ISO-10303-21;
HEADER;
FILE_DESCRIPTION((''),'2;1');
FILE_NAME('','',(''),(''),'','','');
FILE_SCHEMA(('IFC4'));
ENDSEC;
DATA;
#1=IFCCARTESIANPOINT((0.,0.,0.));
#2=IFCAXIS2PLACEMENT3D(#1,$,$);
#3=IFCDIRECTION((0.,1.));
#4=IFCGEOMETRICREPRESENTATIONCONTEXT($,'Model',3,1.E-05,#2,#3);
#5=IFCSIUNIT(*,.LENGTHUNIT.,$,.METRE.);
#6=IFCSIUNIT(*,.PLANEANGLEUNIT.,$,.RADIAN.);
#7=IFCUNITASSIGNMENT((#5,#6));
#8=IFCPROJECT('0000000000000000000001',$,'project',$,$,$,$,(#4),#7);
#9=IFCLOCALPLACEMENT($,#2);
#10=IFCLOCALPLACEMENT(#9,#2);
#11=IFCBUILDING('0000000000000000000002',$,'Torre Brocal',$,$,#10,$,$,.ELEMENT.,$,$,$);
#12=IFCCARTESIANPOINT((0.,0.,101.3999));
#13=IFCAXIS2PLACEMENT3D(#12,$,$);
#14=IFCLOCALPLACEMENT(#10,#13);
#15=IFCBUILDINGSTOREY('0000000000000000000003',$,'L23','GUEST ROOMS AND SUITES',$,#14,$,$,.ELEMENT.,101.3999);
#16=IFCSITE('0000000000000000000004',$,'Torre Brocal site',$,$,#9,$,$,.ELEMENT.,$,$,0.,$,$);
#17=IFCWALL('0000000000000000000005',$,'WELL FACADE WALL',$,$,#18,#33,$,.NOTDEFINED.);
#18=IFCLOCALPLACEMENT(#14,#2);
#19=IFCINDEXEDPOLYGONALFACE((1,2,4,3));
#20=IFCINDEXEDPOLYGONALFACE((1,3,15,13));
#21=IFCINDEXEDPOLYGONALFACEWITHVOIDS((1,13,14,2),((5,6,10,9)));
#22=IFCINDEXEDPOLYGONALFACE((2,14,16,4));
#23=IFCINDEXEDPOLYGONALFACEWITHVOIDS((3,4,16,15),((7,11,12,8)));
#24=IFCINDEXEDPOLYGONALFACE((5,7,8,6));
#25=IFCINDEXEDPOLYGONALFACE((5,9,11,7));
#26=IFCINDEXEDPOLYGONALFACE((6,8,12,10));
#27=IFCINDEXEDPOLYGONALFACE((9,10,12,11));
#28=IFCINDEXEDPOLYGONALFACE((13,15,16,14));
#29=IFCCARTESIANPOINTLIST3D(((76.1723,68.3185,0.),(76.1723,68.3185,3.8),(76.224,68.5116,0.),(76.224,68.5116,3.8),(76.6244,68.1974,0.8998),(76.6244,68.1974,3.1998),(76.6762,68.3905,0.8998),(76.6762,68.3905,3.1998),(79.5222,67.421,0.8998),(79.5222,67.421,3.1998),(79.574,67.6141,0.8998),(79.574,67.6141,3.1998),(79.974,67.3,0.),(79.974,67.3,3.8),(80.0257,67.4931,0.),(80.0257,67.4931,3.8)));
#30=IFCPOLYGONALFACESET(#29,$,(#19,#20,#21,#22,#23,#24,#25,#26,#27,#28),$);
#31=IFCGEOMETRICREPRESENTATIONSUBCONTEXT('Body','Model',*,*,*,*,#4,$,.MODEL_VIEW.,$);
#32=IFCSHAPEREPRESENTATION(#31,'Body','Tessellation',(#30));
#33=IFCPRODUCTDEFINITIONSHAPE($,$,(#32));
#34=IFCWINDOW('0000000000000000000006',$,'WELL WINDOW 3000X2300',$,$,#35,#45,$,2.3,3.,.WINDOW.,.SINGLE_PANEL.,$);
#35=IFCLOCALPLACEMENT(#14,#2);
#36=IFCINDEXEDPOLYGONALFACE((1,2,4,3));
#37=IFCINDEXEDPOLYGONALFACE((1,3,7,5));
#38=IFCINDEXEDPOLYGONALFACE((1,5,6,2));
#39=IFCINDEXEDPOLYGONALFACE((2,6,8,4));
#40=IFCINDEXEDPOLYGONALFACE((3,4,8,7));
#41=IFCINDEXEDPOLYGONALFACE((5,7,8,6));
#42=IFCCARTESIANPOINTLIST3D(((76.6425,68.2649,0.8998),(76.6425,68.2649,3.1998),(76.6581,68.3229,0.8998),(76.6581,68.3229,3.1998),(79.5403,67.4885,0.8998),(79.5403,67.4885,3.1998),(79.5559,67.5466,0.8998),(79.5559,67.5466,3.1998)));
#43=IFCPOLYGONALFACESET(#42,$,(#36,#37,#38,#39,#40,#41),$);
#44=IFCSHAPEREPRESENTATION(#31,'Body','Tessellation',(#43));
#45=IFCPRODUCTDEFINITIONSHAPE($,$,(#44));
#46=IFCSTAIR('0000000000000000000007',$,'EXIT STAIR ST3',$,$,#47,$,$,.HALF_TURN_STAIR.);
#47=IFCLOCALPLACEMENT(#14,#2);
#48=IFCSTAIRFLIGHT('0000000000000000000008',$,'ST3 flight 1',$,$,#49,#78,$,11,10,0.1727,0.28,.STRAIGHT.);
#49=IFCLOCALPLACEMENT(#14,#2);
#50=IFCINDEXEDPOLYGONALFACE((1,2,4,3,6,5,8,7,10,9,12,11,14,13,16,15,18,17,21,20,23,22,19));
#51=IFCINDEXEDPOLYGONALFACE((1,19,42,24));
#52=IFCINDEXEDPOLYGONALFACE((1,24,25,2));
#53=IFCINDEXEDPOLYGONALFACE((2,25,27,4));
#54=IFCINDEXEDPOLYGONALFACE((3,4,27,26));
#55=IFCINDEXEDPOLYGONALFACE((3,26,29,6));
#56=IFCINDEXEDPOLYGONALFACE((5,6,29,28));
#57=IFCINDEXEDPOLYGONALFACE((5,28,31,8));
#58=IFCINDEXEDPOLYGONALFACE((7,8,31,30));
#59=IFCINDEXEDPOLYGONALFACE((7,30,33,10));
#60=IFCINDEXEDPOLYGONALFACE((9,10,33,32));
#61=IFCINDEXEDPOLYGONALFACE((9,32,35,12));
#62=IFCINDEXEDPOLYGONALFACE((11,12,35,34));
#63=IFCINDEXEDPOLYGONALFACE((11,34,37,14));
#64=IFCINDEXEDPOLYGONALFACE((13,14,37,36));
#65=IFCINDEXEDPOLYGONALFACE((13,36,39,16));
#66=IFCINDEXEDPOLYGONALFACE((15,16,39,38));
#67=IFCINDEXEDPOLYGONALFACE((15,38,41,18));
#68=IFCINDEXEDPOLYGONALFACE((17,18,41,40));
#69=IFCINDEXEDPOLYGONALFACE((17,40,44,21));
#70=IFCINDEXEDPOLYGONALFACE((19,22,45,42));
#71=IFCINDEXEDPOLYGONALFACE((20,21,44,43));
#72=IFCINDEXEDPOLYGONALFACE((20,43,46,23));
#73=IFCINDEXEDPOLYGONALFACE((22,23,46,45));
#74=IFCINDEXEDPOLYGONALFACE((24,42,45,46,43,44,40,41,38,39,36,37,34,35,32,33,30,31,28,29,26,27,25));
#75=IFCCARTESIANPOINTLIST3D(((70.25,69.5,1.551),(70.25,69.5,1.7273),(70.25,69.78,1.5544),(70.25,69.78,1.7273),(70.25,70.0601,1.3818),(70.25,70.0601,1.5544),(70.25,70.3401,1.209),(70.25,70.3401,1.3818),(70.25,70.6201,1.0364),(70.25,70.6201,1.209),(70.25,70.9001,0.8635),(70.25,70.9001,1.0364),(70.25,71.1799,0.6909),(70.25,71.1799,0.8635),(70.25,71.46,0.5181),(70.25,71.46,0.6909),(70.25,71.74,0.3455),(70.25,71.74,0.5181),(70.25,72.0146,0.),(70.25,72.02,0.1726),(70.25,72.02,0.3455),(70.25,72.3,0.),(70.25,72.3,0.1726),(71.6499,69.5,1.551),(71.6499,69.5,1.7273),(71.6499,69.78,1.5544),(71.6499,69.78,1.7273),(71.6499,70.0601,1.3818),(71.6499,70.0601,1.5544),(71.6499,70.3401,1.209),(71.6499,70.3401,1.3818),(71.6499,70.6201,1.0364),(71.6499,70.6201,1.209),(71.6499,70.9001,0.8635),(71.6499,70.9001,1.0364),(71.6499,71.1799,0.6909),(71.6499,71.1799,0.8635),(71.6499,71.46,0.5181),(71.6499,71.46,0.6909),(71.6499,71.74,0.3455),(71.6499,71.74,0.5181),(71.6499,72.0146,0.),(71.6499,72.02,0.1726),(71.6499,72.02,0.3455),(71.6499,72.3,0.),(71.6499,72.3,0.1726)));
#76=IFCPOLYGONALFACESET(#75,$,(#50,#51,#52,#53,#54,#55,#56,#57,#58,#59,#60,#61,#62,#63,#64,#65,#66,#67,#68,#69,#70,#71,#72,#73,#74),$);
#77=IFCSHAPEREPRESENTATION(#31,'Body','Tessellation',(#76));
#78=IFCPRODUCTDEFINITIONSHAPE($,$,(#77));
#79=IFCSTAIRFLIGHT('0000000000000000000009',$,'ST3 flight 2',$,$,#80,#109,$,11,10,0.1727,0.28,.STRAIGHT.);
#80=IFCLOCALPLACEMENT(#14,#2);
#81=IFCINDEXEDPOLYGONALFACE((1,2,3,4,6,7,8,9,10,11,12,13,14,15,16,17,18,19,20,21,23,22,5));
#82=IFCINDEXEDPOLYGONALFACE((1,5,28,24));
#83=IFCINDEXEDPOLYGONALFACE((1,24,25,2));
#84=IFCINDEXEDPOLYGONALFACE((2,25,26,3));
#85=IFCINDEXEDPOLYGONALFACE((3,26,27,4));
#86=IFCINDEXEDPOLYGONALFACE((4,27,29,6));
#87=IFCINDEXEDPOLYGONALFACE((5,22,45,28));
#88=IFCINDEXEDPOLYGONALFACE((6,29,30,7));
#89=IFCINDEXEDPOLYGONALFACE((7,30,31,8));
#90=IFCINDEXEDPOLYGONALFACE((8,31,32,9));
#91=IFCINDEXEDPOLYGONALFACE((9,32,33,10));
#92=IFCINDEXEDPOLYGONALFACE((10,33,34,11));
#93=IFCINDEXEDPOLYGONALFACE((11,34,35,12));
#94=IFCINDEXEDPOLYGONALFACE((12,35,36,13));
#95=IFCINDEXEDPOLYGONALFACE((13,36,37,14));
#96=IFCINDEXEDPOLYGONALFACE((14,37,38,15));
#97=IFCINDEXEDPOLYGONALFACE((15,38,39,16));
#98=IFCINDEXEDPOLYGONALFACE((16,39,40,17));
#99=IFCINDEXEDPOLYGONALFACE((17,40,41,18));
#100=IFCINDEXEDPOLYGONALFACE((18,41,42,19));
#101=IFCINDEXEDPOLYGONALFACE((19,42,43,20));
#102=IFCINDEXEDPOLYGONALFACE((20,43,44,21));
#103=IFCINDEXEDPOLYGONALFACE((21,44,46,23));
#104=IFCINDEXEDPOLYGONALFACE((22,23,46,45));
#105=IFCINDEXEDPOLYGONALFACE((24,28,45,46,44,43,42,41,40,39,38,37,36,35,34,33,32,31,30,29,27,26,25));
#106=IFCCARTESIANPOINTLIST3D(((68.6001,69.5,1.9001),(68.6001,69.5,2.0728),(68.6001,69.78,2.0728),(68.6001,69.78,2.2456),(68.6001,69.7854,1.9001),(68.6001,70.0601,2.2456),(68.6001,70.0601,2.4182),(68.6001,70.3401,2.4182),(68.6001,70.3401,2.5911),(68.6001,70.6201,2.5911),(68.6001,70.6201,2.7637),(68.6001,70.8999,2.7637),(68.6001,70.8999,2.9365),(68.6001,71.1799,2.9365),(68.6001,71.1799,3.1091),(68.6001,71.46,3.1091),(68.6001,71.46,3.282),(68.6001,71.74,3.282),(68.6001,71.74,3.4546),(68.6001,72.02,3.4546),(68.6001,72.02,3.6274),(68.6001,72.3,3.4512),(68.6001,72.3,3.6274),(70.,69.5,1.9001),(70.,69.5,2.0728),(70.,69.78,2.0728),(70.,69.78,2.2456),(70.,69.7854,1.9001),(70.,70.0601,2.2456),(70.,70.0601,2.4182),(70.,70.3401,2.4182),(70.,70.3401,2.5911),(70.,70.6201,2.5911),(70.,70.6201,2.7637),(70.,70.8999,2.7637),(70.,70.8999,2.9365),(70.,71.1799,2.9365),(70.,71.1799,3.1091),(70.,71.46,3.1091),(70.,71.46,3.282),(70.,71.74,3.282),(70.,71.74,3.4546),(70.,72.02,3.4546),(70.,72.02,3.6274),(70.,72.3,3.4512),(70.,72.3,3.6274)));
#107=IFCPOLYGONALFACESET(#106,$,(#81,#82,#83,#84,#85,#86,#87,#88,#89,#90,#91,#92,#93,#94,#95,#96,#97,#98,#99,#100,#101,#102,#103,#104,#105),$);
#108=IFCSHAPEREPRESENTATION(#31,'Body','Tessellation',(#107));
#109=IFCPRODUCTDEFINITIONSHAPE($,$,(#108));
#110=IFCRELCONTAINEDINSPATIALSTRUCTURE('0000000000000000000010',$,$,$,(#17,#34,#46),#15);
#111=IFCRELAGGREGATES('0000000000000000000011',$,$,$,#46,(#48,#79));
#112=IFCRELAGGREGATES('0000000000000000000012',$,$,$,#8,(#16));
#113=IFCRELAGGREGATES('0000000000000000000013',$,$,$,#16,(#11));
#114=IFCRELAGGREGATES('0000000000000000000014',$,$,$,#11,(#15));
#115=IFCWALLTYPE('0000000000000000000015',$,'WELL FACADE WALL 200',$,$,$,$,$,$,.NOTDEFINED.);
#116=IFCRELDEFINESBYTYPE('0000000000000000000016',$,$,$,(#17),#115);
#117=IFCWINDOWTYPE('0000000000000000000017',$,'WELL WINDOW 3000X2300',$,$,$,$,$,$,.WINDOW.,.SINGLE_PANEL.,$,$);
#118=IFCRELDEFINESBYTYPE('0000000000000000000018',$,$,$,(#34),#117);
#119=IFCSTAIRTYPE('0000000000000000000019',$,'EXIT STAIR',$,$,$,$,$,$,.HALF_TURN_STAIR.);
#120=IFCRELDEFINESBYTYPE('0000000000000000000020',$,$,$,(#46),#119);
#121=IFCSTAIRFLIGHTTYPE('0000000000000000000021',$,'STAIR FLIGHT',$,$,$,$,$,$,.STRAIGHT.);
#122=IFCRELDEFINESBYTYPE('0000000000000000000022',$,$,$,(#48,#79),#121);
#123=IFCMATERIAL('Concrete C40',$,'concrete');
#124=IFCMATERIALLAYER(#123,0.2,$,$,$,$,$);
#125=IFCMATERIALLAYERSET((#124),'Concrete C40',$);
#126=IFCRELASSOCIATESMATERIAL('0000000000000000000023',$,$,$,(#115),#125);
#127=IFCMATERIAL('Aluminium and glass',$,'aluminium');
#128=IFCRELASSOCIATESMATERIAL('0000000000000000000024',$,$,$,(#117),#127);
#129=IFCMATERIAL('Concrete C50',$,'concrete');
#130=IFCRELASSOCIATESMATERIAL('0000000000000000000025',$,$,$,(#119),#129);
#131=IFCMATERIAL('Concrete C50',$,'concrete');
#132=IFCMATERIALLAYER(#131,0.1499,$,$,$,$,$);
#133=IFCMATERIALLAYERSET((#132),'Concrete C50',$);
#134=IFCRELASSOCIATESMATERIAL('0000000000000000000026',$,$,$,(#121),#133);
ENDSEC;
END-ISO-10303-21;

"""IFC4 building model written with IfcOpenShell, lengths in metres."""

from ifc_helpers import new_model, si_unit, direction, frame, frame_2d, origin, place, context, subcontext, project, spatial, polyline, rectangle, outline, extrude, material, layer, layer_set, type_object, element, fill, aggregate, save


model = new_model("IFC4")

# Units and contexts
model_context = context("Model", 3, precision=1e-05, world=origin(), true_north=direction((0.0, 1.0)))
body_context = subcontext(model_context, "Body", "Model", "MODEL_VIEW")
ifc_project = project(units=[si_unit("LENGTHUNIT", "METRE"), si_unit("PLANEANGLEUNIT", "RADIAN")], contexts=[model_context])

# Site, building, storey
site_placement = place(None, origin())
site = spatial("IfcSite", under=ifc_project, at=site_placement, Name="Torre Brocal site", CompositionType="ELEMENT", RefElevation=0.0)
building_placement = place(site_placement, origin())
building = spatial("IfcBuilding", under=site, at=building_placement, Name="Torre Brocal", CompositionType="ELEMENT")
storey_placement = place(building_placement, frame((0.0, 0.0, 101.3999)))
storey = spatial("IfcBuildingStorey", under=building, at=storey_placement, Name="L23", Description="GUEST ROOMS AND SUITES", CompositionType="ELEMENT", Elevation=101.3999)

# Wall, opening, window
ifc_material_1 = material(Name="Concrete C40", Category="concrete")
ifc_layer_1 = layer(ifc_material_1, 0.2)
ifc_layer_set_1 = layer_set([ifc_layer_1], Name="Concrete C40")
wall_type_1 = type_object("IfcWallType", Name="WELL FACADE WALL 200", PredefinedType="NOTDEFINED", material=ifc_layer_set_1)
ifc_material_2 = material(Name="Aluminium and glass", Category="aluminium")
window_type = type_object("IfcWindowType", Name="WELL WINDOW 3000X2300", PartitioningType="SINGLE_PANEL", PredefinedType="WINDOW", material=ifc_material_2)
wall_1_placement = place(storey_placement, frame((76.1982, 68.415, 0.0), z_axis=(0.0, 0.0, 1.0), x_axis=(0.965934, -0.25879, 0.0)))
wall_1 = element("IfcWall", 1, at=wall_1_placement, inside=storey, type_object=wall_type_1, Name="WELL FACADE WALL", PredefinedType="NOTDEFINED", context=body_context, shape_type="SweptSolid", body=[
    extrude(rectangle(XDim=3.9358, YDim=0.2, at=frame_2d((1.9678, 0.0))), origin(), (0.0, 0.0, 1.0), 3.8),
])
opening_1_placement = place(wall_1_placement, frame((0.468, 0.0, 0.8999)))
opening_1 = element("IfcOpeningElement", 2, at=opening_1_placement, cuts=wall_1, PredefinedType="OPENING", context=body_context, shape_type="SweptSolid", body=[
    extrude(rectangle(XDim=3.0, YDim=2.3, at=frame_2d((1.5, 1.1499))), frame((0.0, 0.1099, 0.0), z_axis=(0.0, -1.0, 0.0), x_axis=(1.0, 0.0, 0.0)), (0.0, 0.0, 1.0), 0.22),
])
window_1_placement = place(opening_1_placement, origin())
window_1 = element("IfcWindow", 3, at=window_1_placement, inside=storey, type_object=window_type, Name="WELL WINDOW 3000X2300", OverallHeight=2.3, OverallWidth=3.0, PartitioningType="SINGLE_PANEL", PredefinedType="WINDOW", context=body_context, shape_type="SweptSolid", body=[
    extrude(rectangle(XDim=3.0, YDim=2.3, at=frame_2d((1.5, 1.1499))), frame((0.0, 0.03, 0.0), z_axis=(0.0, -1.0, 0.0), x_axis=(1.0, 0.0, 0.0)), (0.0, 0.0, 1.0), 0.0601),
])
fill(opening_1, window_1)

# Stair, stair flights
ifc_material_3 = material(Name="Concrete C50", Category="concrete")
stair_type = type_object("IfcStairType", Name="EXIT STAIR", PredefinedType="HALF_TURN_STAIR", material=ifc_material_3)
stair_placement = place(storey_placement, origin())
stair = element("IfcStair", 4, at=stair_placement, inside=storey, type_object=stair_type, Name="EXIT STAIR ST3", PredefinedType="HALF_TURN_STAIR")
ifc_material_4 = material(Name="Concrete C50", Category="concrete")
ifc_layer_2 = layer(ifc_material_4, 0.1499)
ifc_layer_set_2 = layer_set([ifc_layer_2], Name="Concrete C50")
stair_flight_type = type_object("IfcStairFlightType", Name="STAIR FLIGHT", PredefinedType="STRAIGHT", material=ifc_layer_set_2)
stair_flight_1_placement = place(storey_placement, frame((70.95, 72.3, 0.0), z_axis=(0.0, 0.0, 1.0), x_axis=(0.0, -1.0, 0.0)))
stair_flight_1 = element("IfcStairFlight", 5, at=stair_flight_1_placement, type_object=stair_flight_type, Name="ST3 flight 1", NumberOfRisers=11, NumberOfTreads=10, PredefinedType="STRAIGHT", RiserHeight=0.1727, TreadLength=0.28, context=body_context, shape_type="SweptSolid", body=[
    extrude(outline(polyline([(0.0, 0.0), (0.0, 0.1726), (0.28, 0.1726), (0.28, 0.3455), (0.5601, 0.3455), (0.5601, 0.5181), (0.8401, 0.5181), (0.8401, 0.6909), (1.1201, 0.6909), (1.1201, 0.8635), (1.3999, 0.8635), (1.3999, 1.0364), (1.6799, 1.0364), (1.6799, 1.209), (1.96, 1.209), (1.96, 1.3818), (2.24, 1.3818), (2.24, 1.5544), (2.52, 1.5544), (2.52, 1.7273), (2.8, 1.7273), (2.8, 1.8999), (2.8, 1.551), (0.2854, 0.0), (0.0, 0.0)])), frame((0.0, 0.7, 0.0), z_axis=(0.0, -1.0, 0.0), x_axis=(1.0, 0.0, 0.0)), (0.0, 0.0, 1.0), 1.3999),
])
stair_flight_2_placement = place(storey_placement, frame((69.3, 69.5, 1.9001), z_axis=(0.0, 0.0, 1.0), x_axis=(0.0, 1.0, 0.0)))
stair_flight_2 = element("IfcStairFlight", 6, at=stair_flight_2_placement, type_object=stair_flight_type, Name="ST3 flight 2", NumberOfRisers=11, NumberOfTreads=10, PredefinedType="STRAIGHT", RiserHeight=0.1727, TreadLength=0.28, context=body_context, shape_type="SweptSolid", body=[
    extrude(outline(polyline([(0.0, 0.0), (0.0, 0.1726), (0.28, 0.1726), (0.28, 0.3455), (0.5601, 0.3455), (0.5601, 0.5181), (0.8401, 0.5181), (0.8401, 0.6909), (1.1201, 0.6909), (1.1201, 0.8635), (1.3999, 0.8635), (1.3999, 1.0364), (1.6799, 1.0364), (1.6799, 1.209), (1.96, 1.209), (1.96, 1.3818), (2.24, 1.3818), (2.24, 1.5544), (2.52, 1.5544), (2.52, 1.7273), (2.8, 1.7273), (2.8, 1.8999), (2.8, 1.551), (0.2854, 0.0), (0.0, 0.0)])), frame((0.0, 0.7, 0.0), z_axis=(0.0, -1.0, 0.0), x_axis=(1.0, 0.0, 0.0)), (0.0, 0.0, 1.0), 1.3999),
])
aggregate(stair, [stair_flight_1, stair_flight_2])

save(model, "model.ifc")
